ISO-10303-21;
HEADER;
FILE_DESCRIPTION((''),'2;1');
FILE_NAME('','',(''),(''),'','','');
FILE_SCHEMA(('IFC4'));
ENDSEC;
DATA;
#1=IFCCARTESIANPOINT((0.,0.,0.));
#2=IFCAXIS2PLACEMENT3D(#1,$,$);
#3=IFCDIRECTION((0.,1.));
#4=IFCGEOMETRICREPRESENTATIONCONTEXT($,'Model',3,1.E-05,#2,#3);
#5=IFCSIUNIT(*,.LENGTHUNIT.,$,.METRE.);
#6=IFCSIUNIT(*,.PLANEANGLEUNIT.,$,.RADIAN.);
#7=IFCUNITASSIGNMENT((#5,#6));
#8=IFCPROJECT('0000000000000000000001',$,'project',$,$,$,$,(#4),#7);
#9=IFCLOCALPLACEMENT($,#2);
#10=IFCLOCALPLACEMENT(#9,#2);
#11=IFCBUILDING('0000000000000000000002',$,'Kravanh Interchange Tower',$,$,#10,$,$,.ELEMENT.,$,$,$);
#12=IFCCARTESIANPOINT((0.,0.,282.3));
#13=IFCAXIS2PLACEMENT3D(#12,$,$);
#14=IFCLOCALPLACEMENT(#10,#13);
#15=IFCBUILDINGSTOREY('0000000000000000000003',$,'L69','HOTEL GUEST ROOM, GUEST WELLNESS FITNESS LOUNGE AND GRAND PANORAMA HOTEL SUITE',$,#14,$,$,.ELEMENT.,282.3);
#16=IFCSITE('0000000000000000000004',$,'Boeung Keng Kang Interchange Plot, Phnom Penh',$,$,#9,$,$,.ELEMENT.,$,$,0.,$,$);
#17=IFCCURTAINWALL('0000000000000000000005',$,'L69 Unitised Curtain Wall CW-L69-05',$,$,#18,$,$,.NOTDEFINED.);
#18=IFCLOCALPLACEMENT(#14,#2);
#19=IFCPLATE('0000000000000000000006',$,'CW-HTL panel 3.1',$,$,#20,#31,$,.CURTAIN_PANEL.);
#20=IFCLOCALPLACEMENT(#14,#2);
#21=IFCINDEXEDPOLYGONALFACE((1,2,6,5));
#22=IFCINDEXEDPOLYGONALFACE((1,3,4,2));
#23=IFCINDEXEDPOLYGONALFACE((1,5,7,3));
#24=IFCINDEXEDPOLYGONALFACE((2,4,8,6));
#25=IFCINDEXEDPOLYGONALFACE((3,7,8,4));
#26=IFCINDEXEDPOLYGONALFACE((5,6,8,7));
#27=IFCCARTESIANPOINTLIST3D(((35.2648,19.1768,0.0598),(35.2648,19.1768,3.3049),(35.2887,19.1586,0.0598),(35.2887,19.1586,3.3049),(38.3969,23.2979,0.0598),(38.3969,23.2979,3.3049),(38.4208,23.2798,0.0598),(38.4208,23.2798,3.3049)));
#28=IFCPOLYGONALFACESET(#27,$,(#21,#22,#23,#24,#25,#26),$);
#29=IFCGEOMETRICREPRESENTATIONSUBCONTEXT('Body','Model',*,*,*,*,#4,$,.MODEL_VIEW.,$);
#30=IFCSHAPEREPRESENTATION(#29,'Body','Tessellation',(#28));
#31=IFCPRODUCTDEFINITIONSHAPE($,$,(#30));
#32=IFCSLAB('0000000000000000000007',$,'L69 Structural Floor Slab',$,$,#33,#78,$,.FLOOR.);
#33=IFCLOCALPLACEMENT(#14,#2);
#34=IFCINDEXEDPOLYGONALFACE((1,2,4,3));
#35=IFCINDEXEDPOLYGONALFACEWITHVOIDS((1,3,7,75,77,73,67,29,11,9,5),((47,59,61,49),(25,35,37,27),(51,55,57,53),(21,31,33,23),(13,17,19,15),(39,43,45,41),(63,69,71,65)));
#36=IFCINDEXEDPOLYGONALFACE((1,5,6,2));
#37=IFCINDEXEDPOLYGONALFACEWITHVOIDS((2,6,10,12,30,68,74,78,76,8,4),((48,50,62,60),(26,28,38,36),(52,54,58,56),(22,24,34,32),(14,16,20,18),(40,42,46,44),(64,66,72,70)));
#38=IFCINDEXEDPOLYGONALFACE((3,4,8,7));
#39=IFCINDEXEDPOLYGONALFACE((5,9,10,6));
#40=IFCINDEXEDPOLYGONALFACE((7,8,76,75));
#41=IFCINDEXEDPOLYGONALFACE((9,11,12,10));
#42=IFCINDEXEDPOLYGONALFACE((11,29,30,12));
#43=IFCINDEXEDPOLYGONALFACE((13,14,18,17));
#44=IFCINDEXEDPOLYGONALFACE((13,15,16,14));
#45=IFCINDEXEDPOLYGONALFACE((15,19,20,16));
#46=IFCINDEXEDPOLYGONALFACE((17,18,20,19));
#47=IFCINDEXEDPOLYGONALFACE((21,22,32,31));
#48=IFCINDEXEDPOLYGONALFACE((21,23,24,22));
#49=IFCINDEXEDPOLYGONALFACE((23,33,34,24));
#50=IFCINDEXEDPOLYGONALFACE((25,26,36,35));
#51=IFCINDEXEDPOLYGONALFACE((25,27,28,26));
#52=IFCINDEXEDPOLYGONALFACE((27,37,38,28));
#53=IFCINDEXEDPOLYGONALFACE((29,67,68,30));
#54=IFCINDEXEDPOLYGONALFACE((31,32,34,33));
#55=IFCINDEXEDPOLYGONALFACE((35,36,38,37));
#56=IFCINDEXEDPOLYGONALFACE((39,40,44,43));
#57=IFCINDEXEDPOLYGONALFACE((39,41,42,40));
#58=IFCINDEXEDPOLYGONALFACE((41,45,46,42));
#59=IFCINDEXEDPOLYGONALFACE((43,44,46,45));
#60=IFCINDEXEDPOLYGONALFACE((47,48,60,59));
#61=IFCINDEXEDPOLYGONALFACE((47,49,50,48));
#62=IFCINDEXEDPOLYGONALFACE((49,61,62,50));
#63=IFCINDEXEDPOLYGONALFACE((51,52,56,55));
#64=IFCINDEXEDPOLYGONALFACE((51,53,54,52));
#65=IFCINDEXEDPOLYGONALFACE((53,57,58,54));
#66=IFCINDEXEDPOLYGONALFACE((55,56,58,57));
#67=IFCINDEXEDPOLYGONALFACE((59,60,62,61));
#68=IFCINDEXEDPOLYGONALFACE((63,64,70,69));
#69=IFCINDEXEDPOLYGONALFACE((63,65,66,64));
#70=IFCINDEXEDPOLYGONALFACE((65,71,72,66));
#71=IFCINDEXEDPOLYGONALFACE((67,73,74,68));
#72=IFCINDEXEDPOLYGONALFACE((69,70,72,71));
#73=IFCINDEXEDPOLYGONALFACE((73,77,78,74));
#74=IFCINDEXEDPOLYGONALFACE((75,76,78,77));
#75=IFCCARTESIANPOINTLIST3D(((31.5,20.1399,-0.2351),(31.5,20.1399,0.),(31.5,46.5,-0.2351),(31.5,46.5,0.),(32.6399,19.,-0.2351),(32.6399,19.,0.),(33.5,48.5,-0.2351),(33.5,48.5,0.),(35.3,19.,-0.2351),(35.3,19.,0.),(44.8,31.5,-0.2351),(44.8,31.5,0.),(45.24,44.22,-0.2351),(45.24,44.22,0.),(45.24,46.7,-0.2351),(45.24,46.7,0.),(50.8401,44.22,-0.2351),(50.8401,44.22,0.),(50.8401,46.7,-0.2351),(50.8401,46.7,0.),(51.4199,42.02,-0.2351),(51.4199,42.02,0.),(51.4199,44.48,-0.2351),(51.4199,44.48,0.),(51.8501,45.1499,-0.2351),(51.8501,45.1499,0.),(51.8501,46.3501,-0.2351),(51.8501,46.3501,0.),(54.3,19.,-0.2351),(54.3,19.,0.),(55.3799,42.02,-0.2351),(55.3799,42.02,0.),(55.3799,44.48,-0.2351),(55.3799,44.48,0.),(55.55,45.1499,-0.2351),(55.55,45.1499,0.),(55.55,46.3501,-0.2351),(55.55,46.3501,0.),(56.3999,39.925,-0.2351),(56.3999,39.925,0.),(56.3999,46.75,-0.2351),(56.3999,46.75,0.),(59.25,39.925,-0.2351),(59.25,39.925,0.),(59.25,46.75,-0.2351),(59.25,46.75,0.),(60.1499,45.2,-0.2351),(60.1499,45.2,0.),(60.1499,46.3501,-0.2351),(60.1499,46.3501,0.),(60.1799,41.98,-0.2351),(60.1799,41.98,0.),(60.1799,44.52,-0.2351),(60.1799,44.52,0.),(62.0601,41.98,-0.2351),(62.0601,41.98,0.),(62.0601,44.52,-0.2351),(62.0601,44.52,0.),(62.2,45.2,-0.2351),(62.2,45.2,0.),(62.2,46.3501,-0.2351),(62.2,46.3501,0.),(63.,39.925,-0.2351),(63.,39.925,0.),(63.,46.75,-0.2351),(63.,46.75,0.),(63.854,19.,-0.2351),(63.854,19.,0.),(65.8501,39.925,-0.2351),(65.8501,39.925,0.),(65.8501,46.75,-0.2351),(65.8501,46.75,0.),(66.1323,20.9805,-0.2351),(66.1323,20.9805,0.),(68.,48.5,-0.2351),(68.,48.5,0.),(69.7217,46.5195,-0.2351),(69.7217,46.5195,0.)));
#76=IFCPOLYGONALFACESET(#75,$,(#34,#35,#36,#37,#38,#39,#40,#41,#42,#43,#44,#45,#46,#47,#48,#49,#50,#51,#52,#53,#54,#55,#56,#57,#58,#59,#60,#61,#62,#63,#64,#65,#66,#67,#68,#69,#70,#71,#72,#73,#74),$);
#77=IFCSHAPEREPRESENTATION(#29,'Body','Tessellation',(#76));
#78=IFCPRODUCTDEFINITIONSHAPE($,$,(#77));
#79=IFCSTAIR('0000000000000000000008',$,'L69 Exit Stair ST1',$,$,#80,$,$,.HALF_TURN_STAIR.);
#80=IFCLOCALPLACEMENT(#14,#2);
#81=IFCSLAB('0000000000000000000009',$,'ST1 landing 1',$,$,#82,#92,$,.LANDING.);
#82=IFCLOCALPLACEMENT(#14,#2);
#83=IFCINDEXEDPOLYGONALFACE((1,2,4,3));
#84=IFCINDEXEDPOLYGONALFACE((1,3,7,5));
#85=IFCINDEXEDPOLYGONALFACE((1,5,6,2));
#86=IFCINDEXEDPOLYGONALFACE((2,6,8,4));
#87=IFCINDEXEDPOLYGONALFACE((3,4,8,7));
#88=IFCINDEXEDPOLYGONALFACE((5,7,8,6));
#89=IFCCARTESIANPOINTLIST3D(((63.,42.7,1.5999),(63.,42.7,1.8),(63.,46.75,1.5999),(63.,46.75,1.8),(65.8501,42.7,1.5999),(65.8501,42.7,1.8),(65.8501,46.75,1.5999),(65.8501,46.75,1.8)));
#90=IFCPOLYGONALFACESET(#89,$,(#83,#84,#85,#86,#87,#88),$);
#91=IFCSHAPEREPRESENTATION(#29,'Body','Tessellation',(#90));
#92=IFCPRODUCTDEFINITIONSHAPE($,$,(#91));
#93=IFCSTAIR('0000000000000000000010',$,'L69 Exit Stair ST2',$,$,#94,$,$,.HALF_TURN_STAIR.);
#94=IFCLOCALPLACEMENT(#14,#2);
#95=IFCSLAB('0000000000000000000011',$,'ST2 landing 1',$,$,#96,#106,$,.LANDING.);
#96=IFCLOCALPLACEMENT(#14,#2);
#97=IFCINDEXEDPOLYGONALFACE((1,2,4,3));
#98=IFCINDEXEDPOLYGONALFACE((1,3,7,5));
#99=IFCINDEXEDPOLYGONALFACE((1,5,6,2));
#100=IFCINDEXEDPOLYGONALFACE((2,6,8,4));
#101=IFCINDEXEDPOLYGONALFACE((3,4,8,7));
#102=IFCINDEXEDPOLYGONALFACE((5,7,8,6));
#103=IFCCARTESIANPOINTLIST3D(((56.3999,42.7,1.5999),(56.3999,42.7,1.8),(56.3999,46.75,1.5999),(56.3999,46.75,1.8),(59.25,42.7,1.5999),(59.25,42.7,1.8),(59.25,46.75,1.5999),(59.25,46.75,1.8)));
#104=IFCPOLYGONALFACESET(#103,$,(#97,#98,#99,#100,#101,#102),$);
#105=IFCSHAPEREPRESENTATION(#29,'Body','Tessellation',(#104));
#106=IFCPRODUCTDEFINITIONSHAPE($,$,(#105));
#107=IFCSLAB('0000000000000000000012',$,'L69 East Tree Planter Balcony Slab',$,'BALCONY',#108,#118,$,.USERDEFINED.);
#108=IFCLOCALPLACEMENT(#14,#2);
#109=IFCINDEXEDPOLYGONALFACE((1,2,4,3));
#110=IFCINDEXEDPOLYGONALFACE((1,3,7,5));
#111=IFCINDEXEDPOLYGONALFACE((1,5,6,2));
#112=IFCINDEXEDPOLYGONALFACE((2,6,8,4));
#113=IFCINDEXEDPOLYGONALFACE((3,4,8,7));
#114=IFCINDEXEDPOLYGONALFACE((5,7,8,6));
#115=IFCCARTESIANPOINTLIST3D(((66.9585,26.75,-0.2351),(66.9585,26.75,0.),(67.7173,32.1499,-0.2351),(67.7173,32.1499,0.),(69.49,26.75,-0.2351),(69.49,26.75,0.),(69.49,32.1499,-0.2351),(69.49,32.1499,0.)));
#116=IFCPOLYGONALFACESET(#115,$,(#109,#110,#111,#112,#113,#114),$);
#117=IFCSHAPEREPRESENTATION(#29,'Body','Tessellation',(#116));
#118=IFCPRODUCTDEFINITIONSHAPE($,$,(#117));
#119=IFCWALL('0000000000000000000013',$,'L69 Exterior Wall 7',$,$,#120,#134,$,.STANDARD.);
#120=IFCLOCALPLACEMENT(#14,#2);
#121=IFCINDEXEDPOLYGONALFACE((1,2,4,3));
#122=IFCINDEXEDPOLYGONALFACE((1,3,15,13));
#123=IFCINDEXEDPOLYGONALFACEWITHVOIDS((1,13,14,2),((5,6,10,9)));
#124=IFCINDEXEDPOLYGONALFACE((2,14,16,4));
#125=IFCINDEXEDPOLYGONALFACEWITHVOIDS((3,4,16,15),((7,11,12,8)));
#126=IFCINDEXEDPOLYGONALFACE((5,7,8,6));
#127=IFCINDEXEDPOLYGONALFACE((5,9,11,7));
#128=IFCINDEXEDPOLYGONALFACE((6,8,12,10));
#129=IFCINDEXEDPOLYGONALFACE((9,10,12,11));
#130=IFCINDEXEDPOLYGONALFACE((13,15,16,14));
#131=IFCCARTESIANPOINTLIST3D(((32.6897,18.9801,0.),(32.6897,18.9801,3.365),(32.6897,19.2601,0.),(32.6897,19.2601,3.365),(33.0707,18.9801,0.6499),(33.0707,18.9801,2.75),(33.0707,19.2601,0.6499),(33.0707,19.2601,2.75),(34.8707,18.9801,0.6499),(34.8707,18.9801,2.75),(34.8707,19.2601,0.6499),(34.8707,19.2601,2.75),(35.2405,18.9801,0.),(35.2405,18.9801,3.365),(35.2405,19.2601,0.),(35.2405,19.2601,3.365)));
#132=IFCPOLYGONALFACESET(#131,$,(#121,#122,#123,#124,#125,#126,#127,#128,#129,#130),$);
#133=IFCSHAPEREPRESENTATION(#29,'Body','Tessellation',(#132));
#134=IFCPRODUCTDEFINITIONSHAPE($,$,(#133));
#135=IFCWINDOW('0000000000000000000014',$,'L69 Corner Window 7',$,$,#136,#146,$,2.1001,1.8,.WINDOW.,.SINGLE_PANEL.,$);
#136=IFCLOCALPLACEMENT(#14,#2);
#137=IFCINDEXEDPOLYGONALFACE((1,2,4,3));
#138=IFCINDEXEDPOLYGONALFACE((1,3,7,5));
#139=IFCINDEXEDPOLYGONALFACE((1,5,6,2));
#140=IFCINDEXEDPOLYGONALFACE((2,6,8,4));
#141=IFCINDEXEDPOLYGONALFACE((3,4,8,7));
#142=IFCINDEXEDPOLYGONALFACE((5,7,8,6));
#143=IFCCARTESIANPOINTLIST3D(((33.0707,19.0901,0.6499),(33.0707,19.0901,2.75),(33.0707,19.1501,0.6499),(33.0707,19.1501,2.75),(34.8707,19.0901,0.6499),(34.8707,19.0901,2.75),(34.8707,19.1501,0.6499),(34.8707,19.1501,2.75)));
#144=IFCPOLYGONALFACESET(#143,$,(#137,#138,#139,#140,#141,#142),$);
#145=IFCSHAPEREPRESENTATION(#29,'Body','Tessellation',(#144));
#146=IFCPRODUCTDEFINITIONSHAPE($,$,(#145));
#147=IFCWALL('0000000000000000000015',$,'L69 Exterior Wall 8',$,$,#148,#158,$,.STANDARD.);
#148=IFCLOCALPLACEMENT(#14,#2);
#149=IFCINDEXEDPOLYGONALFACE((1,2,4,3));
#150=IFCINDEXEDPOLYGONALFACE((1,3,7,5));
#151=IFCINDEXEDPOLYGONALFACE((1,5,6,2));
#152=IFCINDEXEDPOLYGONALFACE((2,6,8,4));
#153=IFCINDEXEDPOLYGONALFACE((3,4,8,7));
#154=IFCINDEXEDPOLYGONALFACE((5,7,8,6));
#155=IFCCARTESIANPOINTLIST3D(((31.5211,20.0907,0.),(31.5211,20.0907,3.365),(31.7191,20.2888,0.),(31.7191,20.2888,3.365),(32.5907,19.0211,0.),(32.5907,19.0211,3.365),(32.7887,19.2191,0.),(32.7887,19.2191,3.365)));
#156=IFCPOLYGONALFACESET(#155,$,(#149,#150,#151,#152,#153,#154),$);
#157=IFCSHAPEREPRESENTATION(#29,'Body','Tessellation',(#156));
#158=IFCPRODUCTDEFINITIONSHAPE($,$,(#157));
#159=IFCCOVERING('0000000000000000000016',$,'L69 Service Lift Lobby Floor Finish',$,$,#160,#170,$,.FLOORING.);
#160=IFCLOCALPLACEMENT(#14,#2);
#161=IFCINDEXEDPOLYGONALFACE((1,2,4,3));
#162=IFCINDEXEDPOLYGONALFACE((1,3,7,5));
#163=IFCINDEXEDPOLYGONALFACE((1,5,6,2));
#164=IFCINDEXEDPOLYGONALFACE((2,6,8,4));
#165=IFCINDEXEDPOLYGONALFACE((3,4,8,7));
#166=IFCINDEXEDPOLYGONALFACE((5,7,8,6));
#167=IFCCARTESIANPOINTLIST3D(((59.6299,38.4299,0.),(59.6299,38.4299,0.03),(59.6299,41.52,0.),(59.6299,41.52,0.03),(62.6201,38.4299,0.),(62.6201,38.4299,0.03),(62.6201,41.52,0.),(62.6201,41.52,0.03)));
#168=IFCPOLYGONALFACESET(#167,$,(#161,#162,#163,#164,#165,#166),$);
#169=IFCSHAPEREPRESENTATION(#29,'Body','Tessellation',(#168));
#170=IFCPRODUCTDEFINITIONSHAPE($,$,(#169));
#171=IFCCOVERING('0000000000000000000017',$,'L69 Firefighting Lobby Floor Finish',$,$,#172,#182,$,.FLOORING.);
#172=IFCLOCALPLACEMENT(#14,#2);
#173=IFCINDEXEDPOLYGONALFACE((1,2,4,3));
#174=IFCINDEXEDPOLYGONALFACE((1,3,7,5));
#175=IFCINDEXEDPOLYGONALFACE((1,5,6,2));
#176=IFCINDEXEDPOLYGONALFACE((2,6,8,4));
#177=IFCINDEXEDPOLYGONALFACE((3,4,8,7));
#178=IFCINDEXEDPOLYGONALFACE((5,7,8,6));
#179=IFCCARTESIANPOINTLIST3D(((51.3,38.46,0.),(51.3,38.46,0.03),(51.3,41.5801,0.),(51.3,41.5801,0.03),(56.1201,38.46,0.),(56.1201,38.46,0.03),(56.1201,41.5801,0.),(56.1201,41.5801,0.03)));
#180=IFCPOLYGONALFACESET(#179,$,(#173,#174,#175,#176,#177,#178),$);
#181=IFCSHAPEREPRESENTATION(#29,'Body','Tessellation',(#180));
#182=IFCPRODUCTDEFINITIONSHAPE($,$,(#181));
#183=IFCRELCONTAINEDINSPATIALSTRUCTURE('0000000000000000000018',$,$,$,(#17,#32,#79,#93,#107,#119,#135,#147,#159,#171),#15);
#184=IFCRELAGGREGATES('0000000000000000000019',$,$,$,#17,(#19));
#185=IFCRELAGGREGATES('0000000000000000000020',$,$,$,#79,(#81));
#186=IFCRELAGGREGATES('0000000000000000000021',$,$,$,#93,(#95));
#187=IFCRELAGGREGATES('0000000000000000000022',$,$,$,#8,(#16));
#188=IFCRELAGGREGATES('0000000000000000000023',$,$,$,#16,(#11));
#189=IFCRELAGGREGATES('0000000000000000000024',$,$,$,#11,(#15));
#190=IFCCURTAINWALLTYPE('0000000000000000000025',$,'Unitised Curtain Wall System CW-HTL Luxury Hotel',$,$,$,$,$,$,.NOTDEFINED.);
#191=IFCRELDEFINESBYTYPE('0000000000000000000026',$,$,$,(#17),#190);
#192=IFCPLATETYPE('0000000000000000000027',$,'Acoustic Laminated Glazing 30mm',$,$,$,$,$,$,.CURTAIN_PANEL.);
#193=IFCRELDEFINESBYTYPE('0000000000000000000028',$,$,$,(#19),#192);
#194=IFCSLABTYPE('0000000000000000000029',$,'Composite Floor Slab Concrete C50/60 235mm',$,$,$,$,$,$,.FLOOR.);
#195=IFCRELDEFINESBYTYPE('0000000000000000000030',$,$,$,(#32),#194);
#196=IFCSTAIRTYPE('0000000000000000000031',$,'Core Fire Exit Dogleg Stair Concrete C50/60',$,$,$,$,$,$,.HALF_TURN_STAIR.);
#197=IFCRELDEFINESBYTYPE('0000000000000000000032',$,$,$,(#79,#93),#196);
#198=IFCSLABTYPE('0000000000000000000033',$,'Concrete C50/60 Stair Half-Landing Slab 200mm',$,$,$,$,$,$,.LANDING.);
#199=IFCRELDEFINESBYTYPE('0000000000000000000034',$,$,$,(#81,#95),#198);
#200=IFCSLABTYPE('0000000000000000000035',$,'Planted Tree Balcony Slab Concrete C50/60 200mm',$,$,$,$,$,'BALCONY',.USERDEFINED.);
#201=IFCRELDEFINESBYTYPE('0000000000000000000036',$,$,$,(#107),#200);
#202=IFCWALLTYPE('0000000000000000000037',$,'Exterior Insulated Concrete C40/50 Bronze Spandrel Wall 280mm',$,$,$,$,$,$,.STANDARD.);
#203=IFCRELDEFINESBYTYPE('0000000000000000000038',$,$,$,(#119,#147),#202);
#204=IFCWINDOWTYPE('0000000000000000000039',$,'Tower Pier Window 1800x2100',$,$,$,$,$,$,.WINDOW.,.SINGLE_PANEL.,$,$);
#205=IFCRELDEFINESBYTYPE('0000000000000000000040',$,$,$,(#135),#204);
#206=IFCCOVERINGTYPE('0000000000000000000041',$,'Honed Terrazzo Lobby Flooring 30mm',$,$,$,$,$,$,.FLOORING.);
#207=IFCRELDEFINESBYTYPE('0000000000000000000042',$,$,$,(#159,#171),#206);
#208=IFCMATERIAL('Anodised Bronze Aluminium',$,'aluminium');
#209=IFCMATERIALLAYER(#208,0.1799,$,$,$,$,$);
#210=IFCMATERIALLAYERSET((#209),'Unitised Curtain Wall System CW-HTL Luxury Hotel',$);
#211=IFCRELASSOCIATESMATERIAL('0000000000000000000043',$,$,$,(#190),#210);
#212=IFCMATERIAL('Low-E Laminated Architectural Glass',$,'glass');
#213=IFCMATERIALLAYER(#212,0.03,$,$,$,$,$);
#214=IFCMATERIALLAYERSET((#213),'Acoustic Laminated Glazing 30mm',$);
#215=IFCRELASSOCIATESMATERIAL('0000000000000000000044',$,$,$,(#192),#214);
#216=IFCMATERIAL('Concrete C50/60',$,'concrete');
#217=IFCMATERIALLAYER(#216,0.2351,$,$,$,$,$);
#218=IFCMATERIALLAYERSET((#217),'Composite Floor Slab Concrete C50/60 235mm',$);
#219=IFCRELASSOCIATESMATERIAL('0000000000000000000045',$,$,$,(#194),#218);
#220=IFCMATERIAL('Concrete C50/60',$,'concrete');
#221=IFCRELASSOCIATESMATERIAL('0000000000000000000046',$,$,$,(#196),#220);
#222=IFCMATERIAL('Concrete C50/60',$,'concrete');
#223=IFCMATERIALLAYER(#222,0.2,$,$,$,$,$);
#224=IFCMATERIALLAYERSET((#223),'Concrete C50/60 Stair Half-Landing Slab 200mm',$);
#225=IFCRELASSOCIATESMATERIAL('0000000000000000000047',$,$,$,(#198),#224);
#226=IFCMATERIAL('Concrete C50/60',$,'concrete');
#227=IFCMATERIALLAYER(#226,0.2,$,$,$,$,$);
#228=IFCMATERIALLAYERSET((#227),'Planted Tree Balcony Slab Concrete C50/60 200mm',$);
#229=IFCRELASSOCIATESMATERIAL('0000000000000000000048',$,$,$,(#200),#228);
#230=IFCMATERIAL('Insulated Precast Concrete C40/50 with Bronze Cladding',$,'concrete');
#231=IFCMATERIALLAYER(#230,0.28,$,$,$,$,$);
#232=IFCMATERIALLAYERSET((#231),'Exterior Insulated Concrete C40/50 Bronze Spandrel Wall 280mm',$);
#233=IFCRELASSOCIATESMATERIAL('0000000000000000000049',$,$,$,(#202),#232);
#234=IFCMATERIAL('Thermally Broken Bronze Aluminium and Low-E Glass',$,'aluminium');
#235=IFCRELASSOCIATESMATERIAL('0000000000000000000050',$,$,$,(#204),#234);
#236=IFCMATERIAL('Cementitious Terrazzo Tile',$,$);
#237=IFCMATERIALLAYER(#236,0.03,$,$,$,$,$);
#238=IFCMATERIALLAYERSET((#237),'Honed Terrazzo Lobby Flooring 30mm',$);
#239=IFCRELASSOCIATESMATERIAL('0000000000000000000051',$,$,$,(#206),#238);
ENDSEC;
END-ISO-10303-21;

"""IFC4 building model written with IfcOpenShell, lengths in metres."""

from ifc_helpers import new_model, si_unit, direction, frame, frame_2d, origin, origin_2d, place, context, subcontext, project, spatial, polyline, rectangle, outline, extrude, material, layer, layer_set, type_object, element, fill, aggregate, save


model = new_model("IFC4")

# Units and contexts
model_context = context("Model", 3, precision=1e-05, world=origin(), true_north=direction((0.0, 1.0)))
body_context = subcontext(model_context, "Body", "Model", "MODEL_VIEW")
ifc_project = project(units=[si_unit("LENGTHUNIT", "METRE"), si_unit("PLANEANGLEUNIT", "RADIAN")], contexts=[model_context])

# Site, building, storey
site_placement = place(None, origin())
site = spatial("IfcSite", under=ifc_project, at=site_placement, Name="Boeung Keng Kang Interchange Plot, Phnom Penh", CompositionType="ELEMENT", RefElevation=0.0)
building_placement = place(site_placement, origin())
building = spatial("IfcBuilding", under=site, at=building_placement, Name="Kravanh Interchange Tower", CompositionType="ELEMENT")
storey_placement = place(building_placement, frame((0.0, 0.0, 282.3)))
storey = spatial("IfcBuildingStorey", under=building, at=storey_placement, Name="L69", Description="HOTEL GUEST ROOM, GUEST WELLNESS FITNESS LOUNGE AND GRAND PANORAMA HOTEL SUITE", CompositionType="ELEMENT", Elevation=282.3)

# Curtain wall
ifc_material_1 = material(Name="Anodised Bronze Aluminium", Category="aluminium")
ifc_layer_1 = layer(ifc_material_1, 0.1799)
ifc_layer_set_1 = layer_set([ifc_layer_1], Name="Unitised Curtain Wall System CW-HTL Luxury Hotel")
curtain_wall_type = type_object("IfcCurtainWallType", Name="Unitised Curtain Wall System CW-HTL Luxury Hotel", PredefinedType="NOTDEFINED", material=ifc_layer_set_1)
curtain_wall_1_placement = place(storey_placement, origin())
curtain_wall_1 = element("IfcCurtainWall", 1, at=curtain_wall_1_placement, inside=storey, type_object=curtain_wall_type, Name="L69 Unitised Curtain Wall CW-L69-05", PredefinedType="NOTDEFINED")

# Plate
ifc_material_2 = material(Name="Low-E Laminated Architectural Glass", Category="glass")
ifc_layer_2 = layer(ifc_material_2, 0.03)
ifc_layer_set_2 = layer_set([ifc_layer_2], Name="Acoustic Laminated Glazing 30mm")
plate_type = type_object("IfcPlateType", Name="Acoustic Laminated Glazing 30mm", PredefinedType="CURTAIN_PANEL", material=ifc_layer_set_2)
plate_1_placement = place(storey_placement, frame((36.8428, 21.2283, 0.0598), z_axis=(0.0, 0.0, 1.0), x_axis=(-0.605083, -0.796162, 0.0)))
plate_1 = element("IfcPlate", 2, at=plate_1_placement, type_object=plate_type, Name="CW-HTL panel 3.1", PredefinedType="CURTAIN_PANEL", context=body_context, shape_type="SweptSolid", body=[
    extrude(rectangle(XDim=5.1763, YDim=0.03, at=origin_2d()), origin(), (0.0, 0.0, 1.0), 3.2451),
])
aggregate(curtain_wall_1, [plate_1])

# Slab
ifc_material_3 = material(Name="Concrete C50/60", Category="concrete")
ifc_layer_3 = layer(ifc_material_3, 0.2351)
ifc_layer_set_3 = layer_set([ifc_layer_3], Name="Composite Floor Slab Concrete C50/60 235mm")
slab_type_1 = type_object("IfcSlabType", Name="Composite Floor Slab Concrete C50/60 235mm", PredefinedType="FLOOR", material=ifc_layer_set_3)
slab_1_placement = place(storey_placement, frame((0.0, 0.0, -0.2351)))
element("IfcSlab", 3, at=slab_1_placement, inside=storey, type_object=slab_type_1, Name="L69 Structural Floor Slab", PredefinedType="FLOOR", context=body_context, shape_type="SweptSolid", body=[
    extrude(outline(polyline([(31.5, 20.1399), (32.6399, 19.0), (35.3, 19.0), (44.8, 31.5), (54.3, 19.0), (63.854, 19.0), (66.1323, 20.9805), (69.7217, 46.5195), (68.0, 48.5), (33.5, 48.5), (31.5, 46.5), (31.5, 20.1399)]), holes=[polyline([(65.8501, 39.925), (65.8501, 46.75), (63.0, 46.75), (63.0, 39.925), (65.8501, 39.925)]), polyline([(59.25, 39.925), (59.25, 46.75), (56.3999, 46.75), (56.3999, 39.925), (59.25, 39.925)]), polyline([(45.24, 44.22), (50.8401, 44.22), (50.8401, 46.7), (45.24, 46.7), (45.24, 44.22)]), polyline([(51.4199, 42.02), (55.3799, 42.02), (55.3799, 44.48), (51.4199, 44.48), (51.4199, 42.02)]), polyline([(60.1799, 41.98), (62.0601, 41.98), (62.0601, 44.52), (60.1799, 44.52), (60.1799, 41.98)]), polyline([(60.1499, 45.2), (62.2, 45.2), (62.2, 46.3501), (60.1499, 46.3501), (60.1499, 45.2)]), polyline([(51.8501, 45.1499), (55.55, 45.1499), (55.55, 46.3501), (51.8501, 46.3501), (51.8501, 45.1499)])]), origin(), (0.0, 0.0, 1.0), 0.2351),
])

# Stairs, slabs
ifc_material_4 = material(Name="Concrete C50/60", Category="concrete")
stair_type = type_object("IfcStairType", Name="Core Fire Exit Dogleg Stair Concrete C50/60", PredefinedType="HALF_TURN_STAIR", material=ifc_material_4)
stair_1_placement = place(storey_placement, origin())
stair_1 = element("IfcStair", 4, at=stair_1_placement, inside=storey, type_object=stair_type, Name="L69 Exit Stair ST1", PredefinedType="HALF_TURN_STAIR")
ifc_material_5 = material(Name="Concrete C50/60", Category="concrete")
ifc_layer_4 = layer(ifc_material_5, 0.2)
ifc_layer_set_4 = layer_set([ifc_layer_4], Name="Concrete C50/60 Stair Half-Landing Slab 200mm")
slab_type_2 = type_object("IfcSlabType", Name="Concrete C50/60 Stair Half-Landing Slab 200mm", PredefinedType="LANDING", material=ifc_layer_set_4)
slab_2_placement = place(storey_placement, frame((0.0, 0.0, 1.5999)))
slab_2 = element("IfcSlab", 5, at=slab_2_placement, type_object=slab_type_2, Name="ST1 landing 1", PredefinedType="LANDING", context=body_context, shape_type="SweptSolid", body=[
    extrude(outline(polyline([(65.8501, 42.7), (65.8501, 46.75), (63.0, 46.75), (63.0, 42.7), (65.8501, 42.7)])), origin(), (0.0, 0.0, 1.0), 0.2002),
])
aggregate(stair_1, [slab_2])
stair_2_placement = place(storey_placement, origin())
stair_2 = element("IfcStair", 6, at=stair_2_placement, inside=storey, type_object=stair_type, Name="L69 Exit Stair ST2", PredefinedType="HALF_TURN_STAIR")
slab_3_placement = place(storey_placement, frame((0.0, 0.0, 1.5999)))
slab_3 = element("IfcSlab", 7, at=slab_3_placement, type_object=slab_type_2, Name="ST2 landing 1", PredefinedType="LANDING", context=body_context, shape_type="SweptSolid", body=[
    extrude(outline(polyline([(59.25, 42.7), (59.25, 46.75), (56.3999, 46.75), (56.3999, 42.7), (59.25, 42.7)])), origin(), (0.0, 0.0, 1.0), 0.2002),
])
aggregate(stair_2, [slab_3])

# Slab
ifc_material_6 = material(Name="Concrete C50/60", Category="concrete")
ifc_layer_5 = layer(ifc_material_6, 0.2)
ifc_layer_set_5 = layer_set([ifc_layer_5], Name="Planted Tree Balcony Slab Concrete C50/60 200mm")
slab_type_3 = type_object("IfcSlabType", Name="Planted Tree Balcony Slab Concrete C50/60 200mm", ElementType="BALCONY", PredefinedType="USERDEFINED", material=ifc_layer_set_5)
slab_4_placement = place(storey_placement, frame((0.0, 0.0, -0.2351)))
element("IfcSlab", 8, at=slab_4_placement, inside=storey, type_object=slab_type_3, Name="L69 East Tree Planter Balcony Slab", ObjectType="BALCONY", PredefinedType="USERDEFINED", context=body_context, shape_type="SweptSolid", body=[
    extrude(outline(polyline([(69.49, 32.1499), (69.49, 26.75), (66.9585, 26.75), (67.7173, 32.1499), (69.49, 32.1499)])), origin(), (0.0, 0.0, 1.0), 0.2351),
])

# Wall, opening, window
ifc_material_7 = material(Name="Insulated Precast Concrete C40/50 with Bronze Cladding", Category="concrete")
ifc_layer_6 = layer(ifc_material_7, 0.28)
ifc_layer_set_6 = layer_set([ifc_layer_6], Name="Exterior Insulated Concrete C40/50 Bronze Spandrel Wall 280mm")
wall_type = type_object("IfcWallType", Name="Exterior Insulated Concrete C40/50 Bronze Spandrel Wall 280mm", PredefinedType="STANDARD", material=ifc_layer_set_6)
wall_1_placement = place(storey_placement, frame((35.2405, 19.1201, 0.0), z_axis=(0.0, 0.0, 1.0), x_axis=(-1.0, 0.0, 0.0)))
wall_1 = element("IfcWall", 9, at=wall_1_placement, inside=storey, type_object=wall_type, Name="L69 Exterior Wall 7", PredefinedType="STANDARD", context=body_context, shape_type="SweptSolid", body=[
    extrude(rectangle(XDim=2.5508, YDim=0.28, at=frame_2d((1.2754, 0.0))), origin(), (0.0, 0.0, 1.0), 3.365),
])
opening_placement = place(wall_1_placement, frame((0.3699, 0.0, 0.6499)))
opening = element("IfcOpeningElement", 10, at=opening_placement, cuts=wall_1, PredefinedType="OPENING", context=body_context, shape_type="SweptSolid", body=[
    extrude(rectangle(XDim=1.8, YDim=2.1001, at=frame_2d((0.8999, 1.05))), frame((0.0, 0.1499, 0.0), z_axis=(0.0, -1.0, 0.0), x_axis=(1.0, 0.0, 0.0)), (0.0, 0.0, 1.0), 0.3),
])
ifc_material_8 = material(Name="Thermally Broken Bronze Aluminium and Low-E Glass", Category="aluminium")
window_type = type_object("IfcWindowType", Name="Tower Pier Window 1800x2100", PartitioningType="SINGLE_PANEL", PredefinedType="WINDOW", material=ifc_material_8)
window_placement = place(opening_placement, origin())
window = element("IfcWindow", 11, at=window_placement, inside=storey, type_object=window_type, Name="L69 Corner Window 7", OverallHeight=2.1001, OverallWidth=1.8, PartitioningType="SINGLE_PANEL", PredefinedType="WINDOW", context=body_context, shape_type="SweptSolid", body=[
    extrude(rectangle(XDim=1.8, YDim=2.1001, at=frame_2d((0.8999, 1.05))), frame((0.0, 0.03, 0.0), z_axis=(0.0, -1.0, 0.0), x_axis=(1.0, 0.0, 0.0)), (0.0, 0.0, 1.0), 0.0601),
])
fill(opening, window)

# Wall
wall_2_placement = place(storey_placement, frame((32.6897, 19.1201, 0.0), z_axis=(0.0, 0.0, 1.0), x_axis=(-0.707107, 0.707107, 0.0)))
element("IfcWall", 12, at=wall_2_placement, inside=storey, type_object=wall_type, Name="L69 Exterior Wall 8", PredefinedType="STANDARD", context=body_context, shape_type="SweptSolid", body=[
    extrude(rectangle(XDim=1.5127, YDim=0.28, at=frame_2d((0.7563, 0.0))), origin(), (0.0, 0.0, 1.0), 3.365),
])

# Coverings
ifc_material_9 = material(Name="Cementitious Terrazzo Tile")
ifc_layer_7 = layer(ifc_material_9, 0.03)
ifc_layer_set_7 = layer_set([ifc_layer_7], Name="Honed Terrazzo Lobby Flooring 30mm")
covering_type_1 = type_object("IfcCoveringType", Name="Honed Terrazzo Lobby Flooring 30mm", PredefinedType="FLOORING", material=ifc_layer_set_7)
covering_1_placement = place(storey_placement, origin())
element("IfcCovering", 13, at=covering_1_placement, inside=storey, type_object=covering_type_1, Name="L69 Service Lift Lobby Floor Finish", PredefinedType="FLOORING", context=body_context, shape_type="SweptSolid", body=[
    extrude(outline(polyline([(59.6299, 41.52), (62.6201, 41.52), (62.6201, 38.4299), (59.6299, 38.4299), (59.6299, 41.52)])), origin(), (0.0, 0.0, 1.0), 0.03),
])
covering_2_placement = place(storey_placement, origin())
element("IfcCovering", 14, at=covering_2_placement, inside=storey, type_object=covering_type_1, Name="L69 Firefighting Lobby Floor Finish", PredefinedType="FLOORING", context=body_context, shape_type="SweptSolid", body=[
    extrude(outline(polyline([(56.1201, 38.46), (51.3, 38.46), (51.3, 41.5801), (56.1201, 41.5801), (56.1201, 38.46)])), origin(), (0.0, 0.0, 1.0), 0.03),
])

save(model, "model.ifc")
